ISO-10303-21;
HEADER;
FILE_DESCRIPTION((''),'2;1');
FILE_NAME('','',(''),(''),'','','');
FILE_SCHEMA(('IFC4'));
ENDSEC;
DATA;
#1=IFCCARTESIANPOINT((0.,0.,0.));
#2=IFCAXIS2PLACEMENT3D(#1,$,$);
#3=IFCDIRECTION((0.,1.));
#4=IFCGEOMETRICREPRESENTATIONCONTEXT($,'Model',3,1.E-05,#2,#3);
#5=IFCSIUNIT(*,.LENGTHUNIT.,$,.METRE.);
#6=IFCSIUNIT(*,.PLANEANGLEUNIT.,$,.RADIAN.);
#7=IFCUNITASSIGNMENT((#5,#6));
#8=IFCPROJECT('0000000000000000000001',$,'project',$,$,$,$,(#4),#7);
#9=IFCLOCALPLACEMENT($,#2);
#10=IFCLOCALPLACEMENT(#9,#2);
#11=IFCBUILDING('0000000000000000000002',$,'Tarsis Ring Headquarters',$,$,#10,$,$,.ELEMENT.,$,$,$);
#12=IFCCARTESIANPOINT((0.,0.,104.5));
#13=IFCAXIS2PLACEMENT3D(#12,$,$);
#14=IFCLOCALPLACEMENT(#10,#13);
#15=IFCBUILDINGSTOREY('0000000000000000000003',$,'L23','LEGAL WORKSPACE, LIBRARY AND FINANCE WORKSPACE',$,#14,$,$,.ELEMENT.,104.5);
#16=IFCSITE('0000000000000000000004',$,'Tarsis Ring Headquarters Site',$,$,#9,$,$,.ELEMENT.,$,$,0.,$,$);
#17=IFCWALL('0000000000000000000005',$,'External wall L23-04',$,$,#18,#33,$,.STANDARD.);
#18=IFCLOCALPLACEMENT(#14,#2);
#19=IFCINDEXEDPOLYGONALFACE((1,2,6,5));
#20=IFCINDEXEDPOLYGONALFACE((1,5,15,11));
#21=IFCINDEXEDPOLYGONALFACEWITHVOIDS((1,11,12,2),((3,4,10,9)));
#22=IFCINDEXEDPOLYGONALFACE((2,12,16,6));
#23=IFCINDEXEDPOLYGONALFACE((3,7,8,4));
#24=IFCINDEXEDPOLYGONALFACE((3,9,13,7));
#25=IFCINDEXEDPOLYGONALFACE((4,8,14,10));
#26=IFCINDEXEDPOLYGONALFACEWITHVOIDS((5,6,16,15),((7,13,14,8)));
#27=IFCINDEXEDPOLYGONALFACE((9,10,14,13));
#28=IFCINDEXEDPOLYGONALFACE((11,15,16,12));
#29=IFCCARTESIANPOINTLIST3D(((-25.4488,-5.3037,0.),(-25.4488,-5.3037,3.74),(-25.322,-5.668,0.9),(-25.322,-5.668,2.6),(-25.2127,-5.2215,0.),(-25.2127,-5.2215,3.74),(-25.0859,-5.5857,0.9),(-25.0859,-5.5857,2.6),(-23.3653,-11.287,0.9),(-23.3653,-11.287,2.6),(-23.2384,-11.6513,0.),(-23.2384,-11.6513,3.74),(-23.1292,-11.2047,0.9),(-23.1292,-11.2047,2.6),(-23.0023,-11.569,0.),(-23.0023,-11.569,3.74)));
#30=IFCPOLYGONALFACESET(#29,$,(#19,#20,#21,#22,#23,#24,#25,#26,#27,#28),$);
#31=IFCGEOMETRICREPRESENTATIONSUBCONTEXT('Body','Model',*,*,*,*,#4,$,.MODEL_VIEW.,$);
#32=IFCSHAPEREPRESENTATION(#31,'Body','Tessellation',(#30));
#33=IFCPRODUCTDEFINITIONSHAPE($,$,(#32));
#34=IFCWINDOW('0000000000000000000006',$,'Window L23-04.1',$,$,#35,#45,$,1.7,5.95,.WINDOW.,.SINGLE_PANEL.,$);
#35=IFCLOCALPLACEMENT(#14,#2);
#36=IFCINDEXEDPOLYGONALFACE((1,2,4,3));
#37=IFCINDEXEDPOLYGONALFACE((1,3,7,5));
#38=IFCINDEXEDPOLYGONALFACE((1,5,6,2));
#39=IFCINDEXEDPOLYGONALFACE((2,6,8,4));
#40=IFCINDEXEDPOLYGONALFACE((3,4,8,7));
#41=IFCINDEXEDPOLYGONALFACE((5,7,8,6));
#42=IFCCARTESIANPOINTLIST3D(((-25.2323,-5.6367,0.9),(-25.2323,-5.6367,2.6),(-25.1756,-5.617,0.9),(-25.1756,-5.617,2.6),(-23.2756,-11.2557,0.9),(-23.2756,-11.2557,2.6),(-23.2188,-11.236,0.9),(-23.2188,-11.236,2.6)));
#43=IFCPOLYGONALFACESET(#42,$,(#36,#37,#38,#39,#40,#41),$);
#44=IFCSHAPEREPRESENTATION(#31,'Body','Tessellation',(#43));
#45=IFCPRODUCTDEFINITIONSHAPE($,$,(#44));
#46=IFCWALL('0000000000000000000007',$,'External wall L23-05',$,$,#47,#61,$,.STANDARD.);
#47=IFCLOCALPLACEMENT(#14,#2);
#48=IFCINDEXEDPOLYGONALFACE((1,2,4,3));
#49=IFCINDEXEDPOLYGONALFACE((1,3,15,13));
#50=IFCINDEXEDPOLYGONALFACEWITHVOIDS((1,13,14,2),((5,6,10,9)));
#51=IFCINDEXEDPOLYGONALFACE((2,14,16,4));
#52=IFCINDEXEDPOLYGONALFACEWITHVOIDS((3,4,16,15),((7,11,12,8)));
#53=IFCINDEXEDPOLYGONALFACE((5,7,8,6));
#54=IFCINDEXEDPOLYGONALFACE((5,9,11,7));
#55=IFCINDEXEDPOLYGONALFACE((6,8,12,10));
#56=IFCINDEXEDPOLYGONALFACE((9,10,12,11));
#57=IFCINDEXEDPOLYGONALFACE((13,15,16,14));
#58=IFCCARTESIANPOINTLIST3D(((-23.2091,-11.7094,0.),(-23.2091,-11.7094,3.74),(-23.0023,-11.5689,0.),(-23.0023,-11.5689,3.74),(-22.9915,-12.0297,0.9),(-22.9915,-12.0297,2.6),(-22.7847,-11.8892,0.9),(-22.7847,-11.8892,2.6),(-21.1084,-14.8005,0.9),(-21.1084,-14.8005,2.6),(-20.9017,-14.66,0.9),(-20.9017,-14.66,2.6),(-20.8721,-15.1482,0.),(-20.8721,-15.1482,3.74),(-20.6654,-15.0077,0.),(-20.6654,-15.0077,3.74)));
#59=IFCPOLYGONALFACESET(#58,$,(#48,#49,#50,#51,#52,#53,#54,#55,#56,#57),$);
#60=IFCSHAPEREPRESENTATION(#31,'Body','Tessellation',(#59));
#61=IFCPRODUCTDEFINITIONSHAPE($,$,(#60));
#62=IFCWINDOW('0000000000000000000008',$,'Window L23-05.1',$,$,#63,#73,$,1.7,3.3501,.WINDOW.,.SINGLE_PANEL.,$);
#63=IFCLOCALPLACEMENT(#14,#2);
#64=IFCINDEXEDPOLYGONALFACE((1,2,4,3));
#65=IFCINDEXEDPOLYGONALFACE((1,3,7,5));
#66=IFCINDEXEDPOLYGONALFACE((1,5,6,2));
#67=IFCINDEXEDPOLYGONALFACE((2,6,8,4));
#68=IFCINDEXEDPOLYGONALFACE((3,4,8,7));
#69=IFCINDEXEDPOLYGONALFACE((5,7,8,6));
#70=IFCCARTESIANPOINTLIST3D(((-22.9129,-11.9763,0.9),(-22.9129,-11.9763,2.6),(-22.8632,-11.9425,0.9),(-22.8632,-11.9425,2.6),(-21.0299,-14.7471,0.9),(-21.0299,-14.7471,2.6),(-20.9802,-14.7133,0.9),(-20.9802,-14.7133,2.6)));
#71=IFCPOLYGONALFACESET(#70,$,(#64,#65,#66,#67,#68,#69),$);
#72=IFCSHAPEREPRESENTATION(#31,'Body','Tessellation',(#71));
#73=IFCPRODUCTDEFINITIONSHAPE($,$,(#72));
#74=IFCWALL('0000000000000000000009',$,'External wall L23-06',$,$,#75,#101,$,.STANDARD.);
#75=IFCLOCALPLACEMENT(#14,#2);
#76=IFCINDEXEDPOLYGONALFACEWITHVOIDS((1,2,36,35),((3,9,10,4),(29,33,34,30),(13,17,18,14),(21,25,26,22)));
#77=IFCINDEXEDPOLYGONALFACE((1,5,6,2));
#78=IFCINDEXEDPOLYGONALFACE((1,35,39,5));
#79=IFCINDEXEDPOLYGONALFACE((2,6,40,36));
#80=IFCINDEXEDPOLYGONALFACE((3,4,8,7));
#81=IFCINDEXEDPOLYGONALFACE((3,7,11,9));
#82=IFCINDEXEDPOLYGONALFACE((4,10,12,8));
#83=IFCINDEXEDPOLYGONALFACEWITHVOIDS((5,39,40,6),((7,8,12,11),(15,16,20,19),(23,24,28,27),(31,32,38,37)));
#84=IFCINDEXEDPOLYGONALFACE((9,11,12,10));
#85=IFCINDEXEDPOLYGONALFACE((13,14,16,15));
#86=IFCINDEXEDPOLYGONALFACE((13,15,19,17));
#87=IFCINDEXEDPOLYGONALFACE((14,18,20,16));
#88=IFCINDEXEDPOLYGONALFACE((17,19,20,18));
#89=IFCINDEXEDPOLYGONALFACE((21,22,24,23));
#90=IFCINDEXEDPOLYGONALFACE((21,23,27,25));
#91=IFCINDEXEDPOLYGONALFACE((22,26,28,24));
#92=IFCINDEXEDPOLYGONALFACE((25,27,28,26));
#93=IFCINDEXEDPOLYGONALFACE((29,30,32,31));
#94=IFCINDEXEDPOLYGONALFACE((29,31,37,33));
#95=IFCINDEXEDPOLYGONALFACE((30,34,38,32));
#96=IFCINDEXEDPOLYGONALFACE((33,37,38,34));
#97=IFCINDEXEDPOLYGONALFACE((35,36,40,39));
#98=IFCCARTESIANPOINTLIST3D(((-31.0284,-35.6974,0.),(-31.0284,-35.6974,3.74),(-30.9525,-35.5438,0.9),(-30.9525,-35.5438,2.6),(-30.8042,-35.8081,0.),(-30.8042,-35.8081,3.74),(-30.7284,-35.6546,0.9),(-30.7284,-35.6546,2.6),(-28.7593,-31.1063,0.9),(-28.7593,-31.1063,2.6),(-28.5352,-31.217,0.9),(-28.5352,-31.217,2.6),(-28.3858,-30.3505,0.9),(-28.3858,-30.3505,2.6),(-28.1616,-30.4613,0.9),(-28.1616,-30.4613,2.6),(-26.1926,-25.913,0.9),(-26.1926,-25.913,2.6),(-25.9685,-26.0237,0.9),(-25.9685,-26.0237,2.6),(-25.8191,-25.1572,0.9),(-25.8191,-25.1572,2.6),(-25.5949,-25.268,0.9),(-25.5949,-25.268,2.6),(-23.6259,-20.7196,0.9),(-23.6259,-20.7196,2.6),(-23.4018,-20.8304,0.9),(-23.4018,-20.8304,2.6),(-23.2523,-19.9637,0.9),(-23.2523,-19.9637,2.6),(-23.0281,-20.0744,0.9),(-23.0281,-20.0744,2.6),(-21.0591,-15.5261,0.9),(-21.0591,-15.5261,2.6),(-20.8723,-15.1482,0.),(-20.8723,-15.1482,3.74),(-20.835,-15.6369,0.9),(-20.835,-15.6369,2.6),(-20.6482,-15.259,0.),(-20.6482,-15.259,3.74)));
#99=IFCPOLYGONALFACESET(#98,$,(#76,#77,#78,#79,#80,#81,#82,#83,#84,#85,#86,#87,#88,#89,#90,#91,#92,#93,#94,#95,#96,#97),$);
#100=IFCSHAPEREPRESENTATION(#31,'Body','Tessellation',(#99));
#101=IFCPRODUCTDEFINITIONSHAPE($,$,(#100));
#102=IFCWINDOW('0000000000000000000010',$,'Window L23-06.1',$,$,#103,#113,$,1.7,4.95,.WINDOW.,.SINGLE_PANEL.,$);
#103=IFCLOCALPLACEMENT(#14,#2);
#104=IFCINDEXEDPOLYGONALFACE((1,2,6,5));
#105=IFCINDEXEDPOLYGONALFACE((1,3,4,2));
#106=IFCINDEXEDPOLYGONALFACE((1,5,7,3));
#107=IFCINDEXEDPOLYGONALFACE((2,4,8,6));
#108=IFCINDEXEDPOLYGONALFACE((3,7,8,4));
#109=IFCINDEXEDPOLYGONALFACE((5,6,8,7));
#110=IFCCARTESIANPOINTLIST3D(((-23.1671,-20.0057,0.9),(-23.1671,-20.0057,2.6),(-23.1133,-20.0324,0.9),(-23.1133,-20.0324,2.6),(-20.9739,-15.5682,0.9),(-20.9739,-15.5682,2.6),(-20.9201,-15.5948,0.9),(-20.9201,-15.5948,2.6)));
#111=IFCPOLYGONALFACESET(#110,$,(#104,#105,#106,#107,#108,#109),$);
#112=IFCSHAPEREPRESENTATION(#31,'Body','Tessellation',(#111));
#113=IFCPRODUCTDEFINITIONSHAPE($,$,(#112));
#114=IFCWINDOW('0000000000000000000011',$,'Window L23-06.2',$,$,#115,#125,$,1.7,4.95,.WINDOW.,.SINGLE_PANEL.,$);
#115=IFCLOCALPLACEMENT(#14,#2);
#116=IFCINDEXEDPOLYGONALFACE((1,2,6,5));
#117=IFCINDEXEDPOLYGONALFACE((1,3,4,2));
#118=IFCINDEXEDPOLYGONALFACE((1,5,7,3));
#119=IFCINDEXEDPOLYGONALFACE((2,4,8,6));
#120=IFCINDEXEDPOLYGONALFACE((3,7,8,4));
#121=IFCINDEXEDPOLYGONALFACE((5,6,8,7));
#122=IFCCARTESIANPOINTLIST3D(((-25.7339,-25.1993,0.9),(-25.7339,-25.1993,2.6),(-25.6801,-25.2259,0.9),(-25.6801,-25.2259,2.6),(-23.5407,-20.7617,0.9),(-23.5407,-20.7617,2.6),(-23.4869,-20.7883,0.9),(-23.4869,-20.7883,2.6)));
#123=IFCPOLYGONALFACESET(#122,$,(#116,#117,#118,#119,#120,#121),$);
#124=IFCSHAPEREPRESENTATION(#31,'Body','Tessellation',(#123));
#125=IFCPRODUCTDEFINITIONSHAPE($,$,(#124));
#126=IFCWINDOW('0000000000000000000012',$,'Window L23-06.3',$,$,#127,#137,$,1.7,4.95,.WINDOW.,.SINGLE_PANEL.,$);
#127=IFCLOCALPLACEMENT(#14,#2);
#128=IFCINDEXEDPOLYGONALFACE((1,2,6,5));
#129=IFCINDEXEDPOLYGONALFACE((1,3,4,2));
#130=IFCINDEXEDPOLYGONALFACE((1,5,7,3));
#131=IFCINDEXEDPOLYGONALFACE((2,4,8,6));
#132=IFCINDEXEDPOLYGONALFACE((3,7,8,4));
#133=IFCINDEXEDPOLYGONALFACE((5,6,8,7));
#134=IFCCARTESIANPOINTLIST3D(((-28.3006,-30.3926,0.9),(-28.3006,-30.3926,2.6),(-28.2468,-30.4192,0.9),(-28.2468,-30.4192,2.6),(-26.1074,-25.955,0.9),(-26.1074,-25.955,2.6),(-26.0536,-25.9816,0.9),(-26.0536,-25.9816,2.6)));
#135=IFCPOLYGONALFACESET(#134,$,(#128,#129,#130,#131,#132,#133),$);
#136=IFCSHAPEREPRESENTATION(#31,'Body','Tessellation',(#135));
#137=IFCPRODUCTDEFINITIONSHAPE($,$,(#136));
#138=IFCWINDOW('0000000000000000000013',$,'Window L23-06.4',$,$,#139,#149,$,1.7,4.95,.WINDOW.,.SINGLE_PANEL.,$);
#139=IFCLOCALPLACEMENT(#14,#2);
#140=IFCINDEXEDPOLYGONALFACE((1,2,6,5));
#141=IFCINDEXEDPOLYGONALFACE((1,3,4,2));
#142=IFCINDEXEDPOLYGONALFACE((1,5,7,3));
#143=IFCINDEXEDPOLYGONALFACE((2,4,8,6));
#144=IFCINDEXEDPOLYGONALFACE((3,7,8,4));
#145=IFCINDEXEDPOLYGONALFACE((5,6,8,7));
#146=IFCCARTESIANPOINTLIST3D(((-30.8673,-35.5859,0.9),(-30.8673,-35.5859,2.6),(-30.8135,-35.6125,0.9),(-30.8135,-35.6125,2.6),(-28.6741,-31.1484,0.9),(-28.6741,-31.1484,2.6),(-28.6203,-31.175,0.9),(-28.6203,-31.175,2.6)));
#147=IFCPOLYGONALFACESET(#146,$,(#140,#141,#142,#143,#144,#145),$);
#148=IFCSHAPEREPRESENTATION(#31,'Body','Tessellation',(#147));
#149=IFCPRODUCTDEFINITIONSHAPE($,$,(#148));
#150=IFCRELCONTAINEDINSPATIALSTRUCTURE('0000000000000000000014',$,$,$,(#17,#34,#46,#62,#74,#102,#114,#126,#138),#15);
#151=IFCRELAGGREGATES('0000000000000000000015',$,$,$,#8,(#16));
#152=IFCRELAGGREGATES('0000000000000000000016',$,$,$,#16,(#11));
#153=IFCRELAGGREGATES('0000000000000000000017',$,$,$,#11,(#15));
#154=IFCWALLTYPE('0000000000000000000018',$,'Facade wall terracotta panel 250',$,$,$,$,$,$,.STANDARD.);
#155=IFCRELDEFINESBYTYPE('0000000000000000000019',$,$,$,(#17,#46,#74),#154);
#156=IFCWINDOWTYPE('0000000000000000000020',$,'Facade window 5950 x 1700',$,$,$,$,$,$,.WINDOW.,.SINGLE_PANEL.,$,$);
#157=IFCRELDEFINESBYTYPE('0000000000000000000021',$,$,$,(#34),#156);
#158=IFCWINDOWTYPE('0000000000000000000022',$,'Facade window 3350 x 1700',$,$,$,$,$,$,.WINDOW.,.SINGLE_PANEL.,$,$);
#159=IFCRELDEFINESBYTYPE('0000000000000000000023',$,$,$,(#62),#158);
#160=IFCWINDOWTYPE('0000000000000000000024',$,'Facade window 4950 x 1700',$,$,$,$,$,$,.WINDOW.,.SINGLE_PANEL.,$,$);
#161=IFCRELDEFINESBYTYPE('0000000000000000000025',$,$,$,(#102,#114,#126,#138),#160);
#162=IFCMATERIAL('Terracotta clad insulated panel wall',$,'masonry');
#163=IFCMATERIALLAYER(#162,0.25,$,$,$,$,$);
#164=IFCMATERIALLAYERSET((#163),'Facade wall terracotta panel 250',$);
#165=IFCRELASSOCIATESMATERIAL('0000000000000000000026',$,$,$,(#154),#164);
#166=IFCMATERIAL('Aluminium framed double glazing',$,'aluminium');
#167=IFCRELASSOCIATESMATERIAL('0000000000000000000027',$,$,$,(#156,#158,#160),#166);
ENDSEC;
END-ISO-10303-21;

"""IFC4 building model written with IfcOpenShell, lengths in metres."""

from ifc_helpers import new_model, si_unit, direction, frame, frame_2d, origin, place, context, subcontext, project, spatial, rectangle, extrude, material, layer, layer_set, type_object, element, fill, save


model = new_model("IFC4")

# Units and contexts
model_context = context("Model", 3, precision=1e-05, world=origin(), true_north=direction((0.0, 1.0)))
body_context = subcontext(model_context, "Body", "Model", "MODEL_VIEW")
ifc_project = project(units=[si_unit("LENGTHUNIT", "METRE"), si_unit("PLANEANGLEUNIT", "RADIAN")], contexts=[model_context])

# Site, building, storey
site_placement = place(None, origin())
site = spatial("IfcSite", under=ifc_project, at=site_placement, Name="Tarsis Ring Headquarters Site", CompositionType="ELEMENT", RefElevation=0.0)
building_placement = place(site_placement, origin())
building = spatial("IfcBuilding", under=site, at=building_placement, Name="Tarsis Ring Headquarters", CompositionType="ELEMENT")
storey_placement = place(building_placement, frame((0.0, 0.0, 104.5)))
storey = spatial("IfcBuildingStorey", under=building, at=storey_placement, Name="L23", Description="LEGAL WORKSPACE, LIBRARY AND FINANCE WORKSPACE", CompositionType="ELEMENT", Elevation=104.5)

# Walls, openings, windows
ifc_material_1 = material(Name="Terracotta clad insulated panel wall", Category="masonry")
ifc_layer_1 = layer(ifc_material_1, 0.25)
ifc_layer_set_1 = layer_set([ifc_layer_1], Name="Facade wall terracotta panel 250")
wall_type_1 = type_object("IfcWallType", Name="Facade wall terracotta panel 250", PredefinedType="STANDARD", material=ifc_layer_set_1)
wall_1_placement = place(storey_placement, frame((-25.3308, -5.2625, 0.0), z_axis=(0.0, 0.0, 1.0), x_axis=(0.328862, -0.944378, 0.0)))
wall_1 = element("IfcWall", 1, at=wall_1_placement, inside=storey, type_object=wall_type_1, Name="External wall L23-04", PredefinedType="STANDARD", context=body_context, shape_type="SweptSolid", body=[
    extrude(rectangle(XDim=6.7214, YDim=0.25, at=frame_2d((3.3608, 0.0))), origin(), (0.0, 0.0, 1.0), 3.74),
])
opening_1_placement = place(wall_1_placement, frame((0.3857, 0.0, 0.8999)))
opening_1 = element("IfcOpeningElement", 2, at=opening_1_placement, cuts=wall_1, PredefinedType="OPENING", context=body_context, shape_type="SweptSolid", body=[
    extrude(rectangle(XDim=5.95, YDim=1.7, at=frame_2d((2.9751, 0.8501))), frame((0.0, 0.135, 0.0), z_axis=(0.0, -1.0, 0.0), x_axis=(1.0, 0.0, 0.0)), (0.0, 0.0, 1.0), 0.27),
])
ifc_material_2 = material(Name="Aluminium framed double glazing", Category="aluminium")
window_type_1 = type_object("IfcWindowType", Name="Facade window 5950 x 1700", PartitioningType="SINGLE_PANEL", PredefinedType="WINDOW", material=ifc_material_2)
window_1_placement = place(opening_1_placement, origin())
window_1 = element("IfcWindow", 3, at=window_1_placement, inside=storey, type_object=window_type_1, Name="Window L23-04.1", OverallHeight=1.7, OverallWidth=5.95, PartitioningType="SINGLE_PANEL", PredefinedType="WINDOW", context=body_context, shape_type="SweptSolid", body=[
    extrude(rectangle(XDim=5.95, YDim=1.7, at=frame_2d((2.9751, 0.8501))), frame((0.0, 0.03, 0.0), z_axis=(0.0, -1.0, 0.0), x_axis=(1.0, 0.0, 0.0)), (0.0, 0.0, 1.0), 0.0601),
])
fill(opening_1, window_1)
wall_2_placement = place(storey_placement, frame((-23.1057, -11.6392, 0.0), z_axis=(0.0, 0.0, 1.0), x_axis=(0.562077, -0.827085, 0.0)))
wall_2 = element("IfcWall", 4, at=wall_2_placement, inside=storey, type_object=wall_type_1, Name="External wall L23-05", PredefinedType="STANDARD", context=body_context, shape_type="SweptSolid", body=[
    extrude(rectangle(XDim=4.1577, YDim=0.25, at=frame_2d((2.0789, 0.0))), origin(), (0.0, 0.0, 1.0), 3.74),
])
opening_2_placement = place(wall_2_placement, frame((0.3872, 0.0, 0.8999)))
opening_2 = element("IfcOpeningElement", 5, at=opening_2_placement, cuts=wall_2, PredefinedType="OPENING", context=body_context, shape_type="SweptSolid", body=[
    extrude(rectangle(XDim=3.3501, YDim=1.7, at=frame_2d((1.675, 0.8501))), frame((0.0, 0.135, 0.0), z_axis=(0.0, -1.0, 0.0), x_axis=(1.0, 0.0, 0.0)), (0.0, 0.0, 1.0), 0.27),
])
window_type_2 = type_object("IfcWindowType", Name="Facade window 3350 x 1700", PartitioningType="SINGLE_PANEL", PredefinedType="WINDOW", material=ifc_material_2)
window_2_placement = place(opening_2_placement, origin())
window_2 = element("IfcWindow", 6, at=window_2_placement, inside=storey, type_object=window_type_2, Name="Window L23-05.1", OverallHeight=1.7, OverallWidth=3.3501, PartitioningType="SINGLE_PANEL", PredefinedType="WINDOW", context=body_context, shape_type="SweptSolid", body=[
    extrude(rectangle(XDim=3.3501, YDim=1.7, at=frame_2d((1.675, 0.8501))), frame((0.0, 0.03, 0.0), z_axis=(0.0, -1.0, 0.0), x_axis=(1.0, 0.0, 0.0)), (0.0, 0.0, 1.0), 0.0601),
])
fill(opening_2, window_2)

# Wall, openings, windows
wall_3_placement = place(storey_placement, frame((-20.7603, -15.2036, 0.0), z_axis=(0.0, 0.0, 1.0), x_axis=(-0.443072, -0.896486, 0.0)))
wall_3 = element("IfcWall", 7, at=wall_3_placement, inside=storey, type_object=wall_type_1, Name="External wall L23-06", PredefinedType="STANDARD", context=body_context, shape_type="SweptSolid", body=[
    extrude(rectangle(XDim=22.9219, YDim=0.25, at=frame_2d((11.4609, 0.0))), origin(), (0.0, 0.0, 1.0), 3.74),
])
opening_3_placement = place(wall_3_placement, frame((0.4214, 0.0, 0.8999)))
opening_3 = element("IfcOpeningElement", 8, at=opening_3_placement, cuts=wall_3, PredefinedType="OPENING", context=body_context, shape_type="SweptSolid", body=[
    extrude(rectangle(XDim=4.95, YDim=1.7, at=frame_2d((2.4751, 0.8501))), frame((0.0, 0.135, 0.0), z_axis=(0.0, -1.0, 0.0), x_axis=(1.0, 0.0, 0.0)), (0.0, 0.0, 1.0), 0.27),
])
opening_4_placement = place(wall_3_placement, frame((6.2146, 0.0, 0.8999)))
opening_4 = element("IfcOpeningElement", 9, at=opening_4_placement, cuts=wall_3, PredefinedType="OPENING", context=body_context, shape_type="SweptSolid", body=[
    extrude(rectangle(XDim=4.95, YDim=1.7, at=frame_2d((2.4751, 0.8501))), frame((0.0, 0.135, 0.0), z_axis=(0.0, -1.0, 0.0), x_axis=(1.0, 0.0, 0.0)), (0.0, 0.0, 1.0), 0.27),
])
opening_5_placement = place(wall_3_placement, frame((12.0076, 0.0, 0.8999)))
opening_5 = element("IfcOpeningElement", 10, at=opening_5_placement, cuts=wall_3, PredefinedType="OPENING", context=body_context, shape_type="SweptSolid", body=[
    extrude(rectangle(XDim=4.95, YDim=1.7, at=frame_2d((2.4751, 0.8501))), frame((0.0, 0.135, 0.0), z_axis=(0.0, -1.0, 0.0), x_axis=(1.0, 0.0, 0.0)), (0.0, 0.0, 1.0), 0.27),
])
opening_6_placement = place(wall_3_placement, frame((17.8005, 0.0, 0.8999)))
opening_6 = element("IfcOpeningElement", 11, at=opening_6_placement, cuts=wall_3, PredefinedType="OPENING", context=body_context, shape_type="SweptSolid", body=[
    extrude(rectangle(XDim=4.95, YDim=1.7, at=frame_2d((2.4751, 0.8501))), frame((0.0, 0.135, 0.0), z_axis=(0.0, -1.0, 0.0), x_axis=(1.0, 0.0, 0.0)), (0.0, 0.0, 1.0), 0.27),
])
window_type_3 = type_object("IfcWindowType", Name="Facade window 4950 x 1700", PartitioningType="SINGLE_PANEL", PredefinedType="WINDOW", material=ifc_material_2)
window_3_placement = place(opening_3_placement, origin())
window_3 = element("IfcWindow", 12, at=window_3_placement, inside=storey, type_object=window_type_3, Name="Window L23-06.1", OverallHeight=1.7, OverallWidth=4.95, PartitioningType="SINGLE_PANEL", PredefinedType="WINDOW", context=body_context, shape_type="SweptSolid", body=[
    extrude(rectangle(XDim=4.95, YDim=1.7, at=frame_2d((2.4751, 0.8501))), frame((0.0, 0.03, 0.0), z_axis=(0.0, -1.0, 0.0), x_axis=(1.0, 0.0, 0.0)), (0.0, 0.0, 1.0), 0.0601),
])
fill(opening_3, window_3)
window_4_placement = place(opening_4_placement, origin())
window_4 = element("IfcWindow", 13, at=window_4_placement, inside=storey, type_object=window_type_3, Name="Window L23-06.2", OverallHeight=1.7, OverallWidth=4.95, PartitioningType="SINGLE_PANEL", PredefinedType="WINDOW", context=body_context, shape_type="SweptSolid", body=[
    extrude(rectangle(XDim=4.95, YDim=1.7, at=frame_2d((2.4751, 0.8501))), frame((0.0, 0.03, 0.0), z_axis=(0.0, -1.0, 0.0), x_axis=(1.0, 0.0, 0.0)), (0.0, 0.0, 1.0), 0.0601),
])
fill(opening_4, window_4)
window_5_placement = place(opening_5_placement, origin())
window_5 = element("IfcWindow", 14, at=window_5_placement, inside=storey, type_object=window_type_3, Name="Window L23-06.3", OverallHeight=1.7, OverallWidth=4.95, PartitioningType="SINGLE_PANEL", PredefinedType="WINDOW", context=body_context, shape_type="SweptSolid", body=[
    extrude(rectangle(XDim=4.95, YDim=1.7, at=frame_2d((2.4751, 0.8501))), frame((0.0, 0.03, 0.0), z_axis=(0.0, -1.0, 0.0), x_axis=(1.0, 0.0, 0.0)), (0.0, 0.0, 1.0), 0.0601),
])
fill(opening_5, window_5)
window_6_placement = place(opening_6_placement, origin())
window_6 = element("IfcWindow", 15, at=window_6_placement, inside=storey, type_object=window_type_3, Name="Window L23-06.4", OverallHeight=1.7, OverallWidth=4.95, PartitioningType="SINGLE_PANEL", PredefinedType="WINDOW", context=body_context, shape_type="SweptSolid", body=[
    extrude(rectangle(XDim=4.95, YDim=1.7, at=frame_2d((2.4751, 0.8501))), frame((0.0, 0.03, 0.0), z_axis=(0.0, -1.0, 0.0), x_axis=(1.0, 0.0, 0.0)), (0.0, 0.0, 1.0), 0.0601),
])
fill(opening_6, window_6)

save(model, "model.ifc")
